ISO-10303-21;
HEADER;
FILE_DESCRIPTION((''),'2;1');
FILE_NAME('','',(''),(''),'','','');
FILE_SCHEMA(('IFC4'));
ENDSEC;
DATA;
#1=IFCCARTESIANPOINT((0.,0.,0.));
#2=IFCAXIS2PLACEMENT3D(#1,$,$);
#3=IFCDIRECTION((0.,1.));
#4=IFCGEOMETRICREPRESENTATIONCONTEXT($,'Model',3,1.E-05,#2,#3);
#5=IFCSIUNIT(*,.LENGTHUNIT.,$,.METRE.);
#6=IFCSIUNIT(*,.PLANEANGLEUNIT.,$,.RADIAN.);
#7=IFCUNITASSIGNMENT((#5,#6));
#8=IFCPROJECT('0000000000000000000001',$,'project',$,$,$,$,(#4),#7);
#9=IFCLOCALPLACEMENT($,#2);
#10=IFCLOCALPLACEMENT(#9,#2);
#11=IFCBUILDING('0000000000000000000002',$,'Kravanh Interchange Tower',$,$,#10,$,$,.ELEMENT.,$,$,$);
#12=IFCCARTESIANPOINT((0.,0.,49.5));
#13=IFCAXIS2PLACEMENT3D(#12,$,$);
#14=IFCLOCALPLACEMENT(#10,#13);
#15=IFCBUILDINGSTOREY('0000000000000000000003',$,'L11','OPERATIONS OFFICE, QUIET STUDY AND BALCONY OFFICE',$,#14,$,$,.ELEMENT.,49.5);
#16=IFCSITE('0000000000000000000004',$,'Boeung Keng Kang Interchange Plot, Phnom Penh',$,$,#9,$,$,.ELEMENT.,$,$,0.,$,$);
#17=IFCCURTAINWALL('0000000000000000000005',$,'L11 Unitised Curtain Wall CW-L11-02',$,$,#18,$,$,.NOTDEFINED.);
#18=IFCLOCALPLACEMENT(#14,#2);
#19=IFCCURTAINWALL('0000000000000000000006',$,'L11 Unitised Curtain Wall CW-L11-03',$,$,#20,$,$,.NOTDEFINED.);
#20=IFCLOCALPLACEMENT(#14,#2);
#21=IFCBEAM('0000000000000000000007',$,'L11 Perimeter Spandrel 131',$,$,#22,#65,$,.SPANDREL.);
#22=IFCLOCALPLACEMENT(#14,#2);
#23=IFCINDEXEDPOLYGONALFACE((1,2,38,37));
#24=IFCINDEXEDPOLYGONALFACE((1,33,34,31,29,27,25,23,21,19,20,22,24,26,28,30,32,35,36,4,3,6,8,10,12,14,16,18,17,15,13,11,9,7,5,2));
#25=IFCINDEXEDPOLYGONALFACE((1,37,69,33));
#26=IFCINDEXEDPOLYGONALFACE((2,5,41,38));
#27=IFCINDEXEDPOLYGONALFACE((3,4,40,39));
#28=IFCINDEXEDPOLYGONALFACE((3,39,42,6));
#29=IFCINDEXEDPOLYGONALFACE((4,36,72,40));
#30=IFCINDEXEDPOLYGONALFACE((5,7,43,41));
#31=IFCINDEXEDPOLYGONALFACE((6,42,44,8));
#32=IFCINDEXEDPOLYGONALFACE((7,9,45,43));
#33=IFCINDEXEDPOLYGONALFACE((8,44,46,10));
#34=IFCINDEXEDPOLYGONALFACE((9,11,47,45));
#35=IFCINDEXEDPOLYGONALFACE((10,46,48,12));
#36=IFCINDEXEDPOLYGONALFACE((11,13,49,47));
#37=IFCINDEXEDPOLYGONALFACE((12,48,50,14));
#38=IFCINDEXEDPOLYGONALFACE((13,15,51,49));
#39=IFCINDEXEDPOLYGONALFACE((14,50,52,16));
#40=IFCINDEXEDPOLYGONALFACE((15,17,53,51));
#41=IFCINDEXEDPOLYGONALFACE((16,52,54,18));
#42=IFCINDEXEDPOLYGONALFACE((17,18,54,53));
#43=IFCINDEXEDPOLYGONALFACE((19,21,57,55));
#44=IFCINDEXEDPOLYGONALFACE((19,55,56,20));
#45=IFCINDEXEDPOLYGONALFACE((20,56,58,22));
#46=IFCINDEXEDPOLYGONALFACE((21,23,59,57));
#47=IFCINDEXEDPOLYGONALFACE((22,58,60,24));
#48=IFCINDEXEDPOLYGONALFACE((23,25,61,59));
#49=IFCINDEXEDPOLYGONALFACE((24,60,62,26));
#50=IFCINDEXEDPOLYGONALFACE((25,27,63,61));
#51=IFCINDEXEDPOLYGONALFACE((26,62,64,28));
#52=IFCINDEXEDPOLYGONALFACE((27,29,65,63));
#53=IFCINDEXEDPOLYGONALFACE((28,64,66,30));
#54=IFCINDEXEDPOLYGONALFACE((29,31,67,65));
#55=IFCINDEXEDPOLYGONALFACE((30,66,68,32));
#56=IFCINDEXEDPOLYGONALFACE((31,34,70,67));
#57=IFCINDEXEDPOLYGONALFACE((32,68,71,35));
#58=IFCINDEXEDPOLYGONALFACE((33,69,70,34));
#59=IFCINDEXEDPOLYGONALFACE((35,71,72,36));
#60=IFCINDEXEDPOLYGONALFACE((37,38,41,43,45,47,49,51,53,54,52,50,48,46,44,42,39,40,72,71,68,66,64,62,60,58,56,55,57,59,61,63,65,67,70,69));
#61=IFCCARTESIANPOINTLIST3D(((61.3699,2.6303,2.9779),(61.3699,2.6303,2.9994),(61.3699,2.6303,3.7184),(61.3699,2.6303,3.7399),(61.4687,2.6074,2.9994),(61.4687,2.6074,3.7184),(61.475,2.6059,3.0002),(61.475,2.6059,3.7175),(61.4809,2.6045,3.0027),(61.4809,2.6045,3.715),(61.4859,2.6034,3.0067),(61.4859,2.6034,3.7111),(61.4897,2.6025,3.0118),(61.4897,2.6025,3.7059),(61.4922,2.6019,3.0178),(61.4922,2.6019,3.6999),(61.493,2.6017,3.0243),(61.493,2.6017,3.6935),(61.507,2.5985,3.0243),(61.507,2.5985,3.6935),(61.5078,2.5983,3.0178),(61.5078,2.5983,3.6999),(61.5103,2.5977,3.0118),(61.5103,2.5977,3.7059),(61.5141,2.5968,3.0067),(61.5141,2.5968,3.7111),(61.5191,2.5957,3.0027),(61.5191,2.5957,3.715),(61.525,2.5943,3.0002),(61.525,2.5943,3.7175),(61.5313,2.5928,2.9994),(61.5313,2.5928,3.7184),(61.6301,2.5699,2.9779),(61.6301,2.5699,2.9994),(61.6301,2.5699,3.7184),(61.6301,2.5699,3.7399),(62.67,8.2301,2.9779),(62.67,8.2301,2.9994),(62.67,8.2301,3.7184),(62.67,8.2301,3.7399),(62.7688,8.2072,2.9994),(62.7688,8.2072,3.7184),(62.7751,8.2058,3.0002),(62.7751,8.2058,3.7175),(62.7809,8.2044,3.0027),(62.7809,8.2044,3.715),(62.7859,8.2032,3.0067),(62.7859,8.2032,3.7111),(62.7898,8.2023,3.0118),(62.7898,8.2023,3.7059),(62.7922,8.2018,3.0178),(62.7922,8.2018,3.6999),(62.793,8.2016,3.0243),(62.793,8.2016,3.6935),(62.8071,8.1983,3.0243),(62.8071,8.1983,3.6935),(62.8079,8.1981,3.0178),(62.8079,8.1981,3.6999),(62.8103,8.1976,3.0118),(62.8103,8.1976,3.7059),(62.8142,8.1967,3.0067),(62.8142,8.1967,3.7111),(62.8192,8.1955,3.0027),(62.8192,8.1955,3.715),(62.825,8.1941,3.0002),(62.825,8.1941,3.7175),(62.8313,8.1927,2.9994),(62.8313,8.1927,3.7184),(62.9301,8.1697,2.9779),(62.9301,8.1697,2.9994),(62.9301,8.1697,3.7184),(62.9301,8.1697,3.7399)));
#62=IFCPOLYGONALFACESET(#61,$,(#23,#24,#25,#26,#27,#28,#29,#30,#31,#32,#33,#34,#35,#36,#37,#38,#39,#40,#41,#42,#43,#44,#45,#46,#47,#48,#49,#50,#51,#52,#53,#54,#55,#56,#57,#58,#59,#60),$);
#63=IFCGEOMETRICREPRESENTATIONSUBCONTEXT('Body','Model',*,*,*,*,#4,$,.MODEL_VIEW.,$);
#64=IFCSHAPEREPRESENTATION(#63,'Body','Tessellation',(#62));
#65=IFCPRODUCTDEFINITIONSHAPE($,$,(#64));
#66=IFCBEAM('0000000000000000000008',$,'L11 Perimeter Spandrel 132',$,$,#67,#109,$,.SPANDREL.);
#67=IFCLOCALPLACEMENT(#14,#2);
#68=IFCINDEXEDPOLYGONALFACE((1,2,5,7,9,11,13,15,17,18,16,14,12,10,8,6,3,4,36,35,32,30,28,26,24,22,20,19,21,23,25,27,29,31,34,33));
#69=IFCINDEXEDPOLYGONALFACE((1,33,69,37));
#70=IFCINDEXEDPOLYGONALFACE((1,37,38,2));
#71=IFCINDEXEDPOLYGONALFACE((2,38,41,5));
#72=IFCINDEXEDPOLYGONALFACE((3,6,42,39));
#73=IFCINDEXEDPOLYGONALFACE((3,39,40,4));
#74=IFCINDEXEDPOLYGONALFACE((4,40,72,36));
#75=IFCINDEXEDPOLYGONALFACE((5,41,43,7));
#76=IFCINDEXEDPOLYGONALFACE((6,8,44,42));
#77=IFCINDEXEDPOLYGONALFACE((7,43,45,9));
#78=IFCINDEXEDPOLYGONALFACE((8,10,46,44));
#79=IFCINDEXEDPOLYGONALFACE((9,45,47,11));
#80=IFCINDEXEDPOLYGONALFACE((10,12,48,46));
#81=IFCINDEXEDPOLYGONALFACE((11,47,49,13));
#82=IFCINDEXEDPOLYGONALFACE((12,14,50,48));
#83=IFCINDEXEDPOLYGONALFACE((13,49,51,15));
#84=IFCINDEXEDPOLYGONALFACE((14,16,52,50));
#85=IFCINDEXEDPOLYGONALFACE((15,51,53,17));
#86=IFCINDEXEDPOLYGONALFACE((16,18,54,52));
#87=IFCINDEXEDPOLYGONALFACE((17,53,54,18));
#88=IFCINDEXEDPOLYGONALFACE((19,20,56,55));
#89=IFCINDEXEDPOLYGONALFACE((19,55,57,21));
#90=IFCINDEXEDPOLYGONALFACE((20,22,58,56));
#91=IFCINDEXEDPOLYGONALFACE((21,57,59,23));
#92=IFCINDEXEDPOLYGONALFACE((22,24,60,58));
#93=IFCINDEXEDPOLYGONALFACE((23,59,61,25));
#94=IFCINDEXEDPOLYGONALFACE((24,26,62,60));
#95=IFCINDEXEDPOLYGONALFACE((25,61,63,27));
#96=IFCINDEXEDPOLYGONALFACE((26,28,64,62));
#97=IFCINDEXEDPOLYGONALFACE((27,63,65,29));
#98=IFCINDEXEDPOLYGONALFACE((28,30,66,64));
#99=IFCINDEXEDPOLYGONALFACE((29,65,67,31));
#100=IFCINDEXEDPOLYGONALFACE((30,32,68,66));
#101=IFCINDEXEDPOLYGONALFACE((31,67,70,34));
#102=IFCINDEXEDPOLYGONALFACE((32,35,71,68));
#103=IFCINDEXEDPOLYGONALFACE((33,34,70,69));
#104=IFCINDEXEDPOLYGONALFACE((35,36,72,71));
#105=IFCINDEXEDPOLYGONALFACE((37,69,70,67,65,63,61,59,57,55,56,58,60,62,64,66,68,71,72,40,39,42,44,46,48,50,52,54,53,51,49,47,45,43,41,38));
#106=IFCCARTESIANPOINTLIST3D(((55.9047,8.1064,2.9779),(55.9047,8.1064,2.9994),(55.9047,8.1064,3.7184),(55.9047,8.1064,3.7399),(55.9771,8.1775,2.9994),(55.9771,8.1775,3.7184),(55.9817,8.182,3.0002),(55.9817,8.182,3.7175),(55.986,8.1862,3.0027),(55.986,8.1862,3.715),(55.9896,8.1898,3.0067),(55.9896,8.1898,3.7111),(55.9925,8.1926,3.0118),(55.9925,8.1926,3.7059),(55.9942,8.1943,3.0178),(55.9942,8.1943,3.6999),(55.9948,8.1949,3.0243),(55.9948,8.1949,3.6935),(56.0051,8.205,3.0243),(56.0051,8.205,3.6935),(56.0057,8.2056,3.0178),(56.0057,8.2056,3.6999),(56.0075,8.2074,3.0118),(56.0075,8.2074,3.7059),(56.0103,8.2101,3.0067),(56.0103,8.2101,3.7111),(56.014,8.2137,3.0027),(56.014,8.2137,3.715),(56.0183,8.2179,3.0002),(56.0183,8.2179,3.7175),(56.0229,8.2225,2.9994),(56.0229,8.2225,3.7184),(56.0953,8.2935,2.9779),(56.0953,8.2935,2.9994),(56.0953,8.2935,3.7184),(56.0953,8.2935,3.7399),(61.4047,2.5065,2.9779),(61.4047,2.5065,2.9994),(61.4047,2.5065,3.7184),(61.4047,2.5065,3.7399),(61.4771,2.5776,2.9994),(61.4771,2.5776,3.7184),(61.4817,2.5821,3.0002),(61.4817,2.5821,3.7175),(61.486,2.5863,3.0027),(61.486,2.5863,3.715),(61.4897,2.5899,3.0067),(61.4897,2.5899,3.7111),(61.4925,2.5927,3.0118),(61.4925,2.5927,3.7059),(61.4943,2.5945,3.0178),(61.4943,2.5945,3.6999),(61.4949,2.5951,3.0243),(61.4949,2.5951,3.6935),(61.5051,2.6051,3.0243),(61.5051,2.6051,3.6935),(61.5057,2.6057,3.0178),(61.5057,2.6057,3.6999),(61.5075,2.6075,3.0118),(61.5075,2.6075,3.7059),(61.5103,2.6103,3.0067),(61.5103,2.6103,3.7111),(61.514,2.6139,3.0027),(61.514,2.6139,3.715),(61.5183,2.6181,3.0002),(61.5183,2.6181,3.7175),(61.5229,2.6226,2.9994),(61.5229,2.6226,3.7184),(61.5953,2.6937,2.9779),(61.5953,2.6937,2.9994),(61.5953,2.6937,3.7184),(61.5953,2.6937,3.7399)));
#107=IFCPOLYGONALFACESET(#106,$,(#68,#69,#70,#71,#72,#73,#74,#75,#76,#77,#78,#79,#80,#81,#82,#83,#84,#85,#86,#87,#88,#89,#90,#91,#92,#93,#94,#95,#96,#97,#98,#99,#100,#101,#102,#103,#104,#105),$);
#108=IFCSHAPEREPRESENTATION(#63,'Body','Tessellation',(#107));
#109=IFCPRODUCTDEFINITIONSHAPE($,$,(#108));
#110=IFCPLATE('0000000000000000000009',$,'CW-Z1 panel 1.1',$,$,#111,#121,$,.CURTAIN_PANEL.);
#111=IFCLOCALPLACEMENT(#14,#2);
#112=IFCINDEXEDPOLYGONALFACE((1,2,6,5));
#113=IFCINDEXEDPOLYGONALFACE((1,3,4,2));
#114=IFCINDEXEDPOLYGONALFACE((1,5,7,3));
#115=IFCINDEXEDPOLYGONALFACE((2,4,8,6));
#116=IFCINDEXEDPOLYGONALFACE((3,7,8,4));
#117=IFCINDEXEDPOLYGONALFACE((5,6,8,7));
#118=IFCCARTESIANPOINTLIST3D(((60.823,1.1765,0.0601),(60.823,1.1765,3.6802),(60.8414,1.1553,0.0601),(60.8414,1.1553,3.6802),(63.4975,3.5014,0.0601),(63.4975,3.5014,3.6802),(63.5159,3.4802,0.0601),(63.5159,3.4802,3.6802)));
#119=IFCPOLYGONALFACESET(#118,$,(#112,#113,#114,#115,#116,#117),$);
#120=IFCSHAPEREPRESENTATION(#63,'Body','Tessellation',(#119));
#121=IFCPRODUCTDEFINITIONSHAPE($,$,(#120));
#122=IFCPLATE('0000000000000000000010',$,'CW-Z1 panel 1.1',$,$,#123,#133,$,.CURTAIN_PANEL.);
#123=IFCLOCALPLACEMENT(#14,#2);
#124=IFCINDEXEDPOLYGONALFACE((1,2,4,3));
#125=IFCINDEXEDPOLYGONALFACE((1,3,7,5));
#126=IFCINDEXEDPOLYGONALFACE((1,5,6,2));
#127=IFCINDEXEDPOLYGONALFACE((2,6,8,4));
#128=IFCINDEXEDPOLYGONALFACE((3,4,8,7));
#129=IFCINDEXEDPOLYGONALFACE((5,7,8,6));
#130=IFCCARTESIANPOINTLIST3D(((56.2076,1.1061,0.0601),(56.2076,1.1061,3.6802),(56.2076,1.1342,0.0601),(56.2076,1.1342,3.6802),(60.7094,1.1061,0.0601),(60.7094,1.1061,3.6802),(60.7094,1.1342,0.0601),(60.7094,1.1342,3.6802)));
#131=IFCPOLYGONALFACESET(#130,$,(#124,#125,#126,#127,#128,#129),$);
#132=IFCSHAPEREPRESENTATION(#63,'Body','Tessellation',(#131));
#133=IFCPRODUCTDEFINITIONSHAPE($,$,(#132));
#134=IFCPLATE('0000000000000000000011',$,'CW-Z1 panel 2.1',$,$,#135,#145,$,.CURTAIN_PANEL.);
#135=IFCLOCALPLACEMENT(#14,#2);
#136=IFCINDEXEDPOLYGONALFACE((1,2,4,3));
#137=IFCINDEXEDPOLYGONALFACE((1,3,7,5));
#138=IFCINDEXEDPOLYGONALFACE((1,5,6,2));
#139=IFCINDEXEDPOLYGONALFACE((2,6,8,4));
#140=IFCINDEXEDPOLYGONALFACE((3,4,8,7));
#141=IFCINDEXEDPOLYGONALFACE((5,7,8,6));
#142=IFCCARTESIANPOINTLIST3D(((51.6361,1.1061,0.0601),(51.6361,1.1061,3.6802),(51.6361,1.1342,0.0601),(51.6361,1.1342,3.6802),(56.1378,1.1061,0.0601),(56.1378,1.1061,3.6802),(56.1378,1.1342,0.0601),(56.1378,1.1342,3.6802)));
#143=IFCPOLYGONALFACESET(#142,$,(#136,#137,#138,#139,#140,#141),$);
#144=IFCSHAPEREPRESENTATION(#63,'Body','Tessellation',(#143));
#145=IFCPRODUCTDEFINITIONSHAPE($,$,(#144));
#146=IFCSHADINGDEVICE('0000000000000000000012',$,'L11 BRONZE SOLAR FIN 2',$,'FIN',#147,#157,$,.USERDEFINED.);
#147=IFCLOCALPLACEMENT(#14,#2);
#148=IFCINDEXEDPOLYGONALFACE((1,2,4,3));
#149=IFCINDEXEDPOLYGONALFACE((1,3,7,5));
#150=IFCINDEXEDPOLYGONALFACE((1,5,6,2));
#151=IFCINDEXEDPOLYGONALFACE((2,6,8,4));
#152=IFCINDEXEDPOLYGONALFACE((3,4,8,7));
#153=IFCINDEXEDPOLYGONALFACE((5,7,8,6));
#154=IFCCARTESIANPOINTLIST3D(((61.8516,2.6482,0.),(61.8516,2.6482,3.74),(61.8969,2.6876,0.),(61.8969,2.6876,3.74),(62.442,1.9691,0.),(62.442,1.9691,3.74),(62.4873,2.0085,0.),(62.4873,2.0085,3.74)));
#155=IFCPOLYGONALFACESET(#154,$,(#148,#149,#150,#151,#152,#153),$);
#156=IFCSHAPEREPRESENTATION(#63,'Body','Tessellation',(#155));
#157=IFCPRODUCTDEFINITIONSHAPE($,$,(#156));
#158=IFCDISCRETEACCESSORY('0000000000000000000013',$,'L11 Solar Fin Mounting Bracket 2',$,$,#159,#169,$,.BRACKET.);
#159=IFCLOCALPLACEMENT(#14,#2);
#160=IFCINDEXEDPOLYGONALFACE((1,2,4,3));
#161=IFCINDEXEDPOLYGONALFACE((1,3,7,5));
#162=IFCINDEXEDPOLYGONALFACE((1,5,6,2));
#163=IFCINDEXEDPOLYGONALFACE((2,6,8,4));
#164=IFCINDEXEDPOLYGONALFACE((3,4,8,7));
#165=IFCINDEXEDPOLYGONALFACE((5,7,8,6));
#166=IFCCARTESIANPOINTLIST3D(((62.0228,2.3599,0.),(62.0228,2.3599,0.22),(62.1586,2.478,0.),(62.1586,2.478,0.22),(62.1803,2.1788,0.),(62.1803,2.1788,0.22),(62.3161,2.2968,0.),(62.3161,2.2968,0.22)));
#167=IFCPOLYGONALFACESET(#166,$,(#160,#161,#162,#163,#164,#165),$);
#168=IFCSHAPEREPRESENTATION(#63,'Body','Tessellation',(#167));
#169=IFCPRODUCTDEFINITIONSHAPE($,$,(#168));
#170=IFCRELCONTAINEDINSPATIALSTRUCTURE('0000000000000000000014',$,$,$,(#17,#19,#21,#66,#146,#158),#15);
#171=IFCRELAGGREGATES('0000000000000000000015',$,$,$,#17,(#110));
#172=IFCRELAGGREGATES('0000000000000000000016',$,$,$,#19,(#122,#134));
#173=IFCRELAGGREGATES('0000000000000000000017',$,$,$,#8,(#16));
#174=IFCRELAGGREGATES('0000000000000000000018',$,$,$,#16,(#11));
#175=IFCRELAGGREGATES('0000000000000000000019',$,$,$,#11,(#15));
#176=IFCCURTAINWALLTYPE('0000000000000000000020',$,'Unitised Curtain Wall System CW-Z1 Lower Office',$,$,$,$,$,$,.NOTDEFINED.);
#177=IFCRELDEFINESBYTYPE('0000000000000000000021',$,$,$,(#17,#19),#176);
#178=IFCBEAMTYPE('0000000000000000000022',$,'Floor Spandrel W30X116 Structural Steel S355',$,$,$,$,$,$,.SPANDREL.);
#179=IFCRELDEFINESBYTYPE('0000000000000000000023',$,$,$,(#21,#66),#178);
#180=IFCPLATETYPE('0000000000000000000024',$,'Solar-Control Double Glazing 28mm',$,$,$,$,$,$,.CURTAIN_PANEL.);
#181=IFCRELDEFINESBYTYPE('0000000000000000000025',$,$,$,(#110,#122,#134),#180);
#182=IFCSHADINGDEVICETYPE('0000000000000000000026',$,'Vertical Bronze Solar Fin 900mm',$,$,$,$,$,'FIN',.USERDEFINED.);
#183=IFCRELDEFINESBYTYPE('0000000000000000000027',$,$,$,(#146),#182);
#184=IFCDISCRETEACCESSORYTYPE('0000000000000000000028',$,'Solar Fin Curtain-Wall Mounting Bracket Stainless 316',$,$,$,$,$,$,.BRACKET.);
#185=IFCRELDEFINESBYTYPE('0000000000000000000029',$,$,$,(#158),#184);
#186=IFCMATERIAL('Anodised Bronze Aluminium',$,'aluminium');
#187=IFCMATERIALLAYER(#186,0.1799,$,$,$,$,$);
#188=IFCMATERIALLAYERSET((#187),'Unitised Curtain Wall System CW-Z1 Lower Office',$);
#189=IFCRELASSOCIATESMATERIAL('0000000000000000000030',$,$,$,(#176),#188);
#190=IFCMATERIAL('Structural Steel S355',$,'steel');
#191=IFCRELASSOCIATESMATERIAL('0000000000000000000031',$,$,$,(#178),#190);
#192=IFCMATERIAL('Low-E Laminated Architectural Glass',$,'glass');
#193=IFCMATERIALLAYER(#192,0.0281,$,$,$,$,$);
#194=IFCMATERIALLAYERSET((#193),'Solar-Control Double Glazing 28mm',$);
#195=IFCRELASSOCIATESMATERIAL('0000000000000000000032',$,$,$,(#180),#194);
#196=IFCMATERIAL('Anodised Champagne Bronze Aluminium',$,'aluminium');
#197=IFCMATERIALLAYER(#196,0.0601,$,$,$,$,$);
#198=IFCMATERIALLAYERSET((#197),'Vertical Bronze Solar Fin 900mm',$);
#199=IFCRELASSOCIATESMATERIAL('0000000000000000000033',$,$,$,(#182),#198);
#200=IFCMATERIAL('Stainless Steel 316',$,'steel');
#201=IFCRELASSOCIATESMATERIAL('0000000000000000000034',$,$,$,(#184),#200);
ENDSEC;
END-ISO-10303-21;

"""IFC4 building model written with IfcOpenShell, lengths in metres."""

from ifc_helpers import new_model, si_unit, direction, frame, origin, origin_2d, place, context, subcontext, project, spatial, rectangle, i_section, extrude, material, layer, layer_set, material_profile, profile_set, type_object, element, aggregate, save


model = new_model("IFC4")

# Units and contexts
model_context = context("Model", 3, precision=1e-05, world=origin(), true_north=direction((0.0, 1.0)))
body_context = subcontext(model_context, "Body", "Model", "MODEL_VIEW")
ifc_project = project(units=[si_unit("LENGTHUNIT", "METRE"), si_unit("PLANEANGLEUNIT", "RADIAN")], contexts=[model_context])

# Site, building, storey
site_placement = place(None, origin())
site = spatial("IfcSite", under=ifc_project, at=site_placement, Name="Boeung Keng Kang Interchange Plot, Phnom Penh", CompositionType="ELEMENT", RefElevation=0.0)
building_placement = place(site_placement, origin())
building = spatial("IfcBuilding", under=site, at=building_placement, Name="Kravanh Interchange Tower", CompositionType="ELEMENT")
storey_placement = place(building_placement, frame((0.0, 0.0, 49.5)))
storey = spatial("IfcBuildingStorey", under=building, at=storey_placement, Name="L11", Description="OPERATIONS OFFICE, QUIET STUDY AND BALCONY OFFICE", CompositionType="ELEMENT", Elevation=49.5)

# Curtain walls
ifc_material_1 = material(Name="Anodised Bronze Aluminium", Category="aluminium")
ifc_layer_1 = layer(ifc_material_1, 0.1799)
ifc_layer_set_1 = layer_set([ifc_layer_1], Name="Unitised Curtain Wall System CW-Z1 Lower Office")
curtain_wall_type = type_object("IfcCurtainWallType", Name="Unitised Curtain Wall System CW-Z1 Lower Office", PredefinedType="NOTDEFINED", material=ifc_layer_set_1)
curtain_wall_1_placement = place(storey_placement, origin())
curtain_wall_1 = element("IfcCurtainWall", 1, at=curtain_wall_1_placement, inside=storey, type_object=curtain_wall_type, Name="L11 Unitised Curtain Wall CW-L11-02", PredefinedType="NOTDEFINED")
curtain_wall_2_placement = place(storey_placement, origin())
curtain_wall_2 = element("IfcCurtainWall", 2, at=curtain_wall_2_placement, inside=storey, type_object=curtain_wall_type, Name="L11 Unitised Curtain Wall CW-L11-03", PredefinedType="NOTDEFINED")

# Beams
ifc_material_2 = material(Name="Structural Steel S355", Category="steel")
ifc_material_profile_1 = material_profile(ifc_material_2, i_section(OverallWidth=0.2671, OverallDepth=0.762, WebThickness=0.0144, FlangeThickness=0.0215, FilletRadius=0.0249, at=origin_2d()), Name="W30X116")
ifc_profile_set_1 = profile_set([ifc_material_profile_1], Name="Structural Steel S355")
beam_type_1 = type_object("IfcBeamType", Name="Floor Spandrel W30X116 Structural Steel S355", PredefinedType="SPANDREL", material=ifc_profile_set_1)
beam_1_placement = place(storey_placement, frame((61.5, 2.6001, 3.3589), z_axis=(0.226143, 0.974094, 0.0), x_axis=(-0.974094, 0.226143, 0.0)))
element("IfcBeam", 3, at=beam_1_placement, inside=storey, type_object=beam_type_1, Name="L11 Perimeter Spandrel 131", PredefinedType="SPANDREL", context=body_context, shape_type="SweptSolid", body=[
    extrude(i_section(OverallWidth=0.2671, OverallDepth=0.762, WebThickness=0.0144, FlangeThickness=0.0215, FilletRadius=0.0249, at=origin_2d()), origin(), (0.0, 0.0, 1.0), 5.7488),
])
beam_2_placement = place(storey_placement, frame((61.5, 2.6001, 3.3589), z_axis=(-0.700717, 0.713439, 0.0), x_axis=(-0.713439, -0.700717, 0.0)))
element("IfcBeam", 4, at=beam_2_placement, inside=storey, type_object=beam_type_1, Name="L11 Perimeter Spandrel 132", PredefinedType="SPANDREL", context=body_context, shape_type="SweptSolid", body=[
    extrude(i_section(OverallWidth=0.2671, OverallDepth=0.762, WebThickness=0.0144, FlangeThickness=0.0215, FilletRadius=0.0249, at=origin_2d()), origin(), (0.0, 0.0, 1.0), 7.8491),
])

# Plates
ifc_material_3 = material(Name="Low-E Laminated Architectural Glass", Category="glass")
ifc_layer_2 = layer(ifc_material_3, 0.0281)
ifc_layer_set_2 = layer_set([ifc_layer_2], Name="Solar-Control Double Glazing 28mm")
plate_type = type_object("IfcPlateType", Name="Solar-Control Double Glazing 28mm", PredefinedType="CURTAIN_PANEL", material=ifc_layer_set_2)
plate_1_placement = place(storey_placement, frame((62.1694, 2.3284, 0.0601), z_axis=(0.0, 0.0, 1.0), x_axis=(-0.754708, -0.65606, 0.0)))
plate_1 = element("IfcPlate", 5, at=plate_1_placement, type_object=plate_type, Name="CW-Z1 panel 1.1", PredefinedType="CURTAIN_PANEL", context=body_context, shape_type="SweptSolid", body=[
    extrude(rectangle(XDim=3.5437, YDim=0.0281, at=origin_2d()), origin(), (0.0, 0.0, 1.0), 3.6201),
])
aggregate(curtain_wall_1, [plate_1])
plate_2_placement = place(storey_placement, frame((58.4585, 1.1201, 0.0601), z_axis=(0.0, 0.0, 1.0), x_axis=(-1.0, 0.0, 0.0)))
plate_2 = element("IfcPlate", 6, at=plate_2_placement, type_object=plate_type, Name="CW-Z1 panel 1.1", PredefinedType="CURTAIN_PANEL", context=body_context, shape_type="SweptSolid", body=[
    extrude(rectangle(XDim=4.5017, YDim=0.0281, at=origin_2d()), origin(), (0.0, 0.0, 1.0), 3.6201),
])
plate_3_placement = place(storey_placement, frame((53.887, 1.1201, 0.0601), z_axis=(0.0, 0.0, 1.0), x_axis=(-1.0, 0.0, 0.0)))
plate_3 = element("IfcPlate", 7, at=plate_3_placement, type_object=plate_type, Name="CW-Z1 panel 2.1", PredefinedType="CURTAIN_PANEL", context=body_context, shape_type="SweptSolid", body=[
    extrude(rectangle(XDim=4.5017, YDim=0.0281, at=origin_2d()), origin(), (0.0, 0.0, 1.0), 3.6201),
])
aggregate(curtain_wall_2, [plate_2, plate_3])

# Shading device
ifc_material_4 = material(Name="Anodised Champagne Bronze Aluminium", Category="aluminium")
ifc_layer_3 = layer(ifc_material_4, 0.0601)
ifc_layer_set_3 = layer_set([ifc_layer_3], Name="Vertical Bronze Solar Fin 900mm")
shading_device_type = type_object("IfcShadingDeviceType", Name="Vertical Bronze Solar Fin 900mm", ElementType="FIN", PredefinedType="USERDEFINED", material=ifc_layer_set_3)
shading_device_placement = place(storey_placement, frame((62.1694, 2.3284, 0.0), z_axis=(0.0, 0.0, 1.0), x_axis=(0.656068, -0.754702, 0.0)))
element("IfcShadingDevice", 8, at=shading_device_placement, inside=storey, type_object=shading_device_type, Name="L11 BRONZE SOLAR FIN 2", ObjectType="FIN", PredefinedType="USERDEFINED", context=body_context, shape_type="SweptSolid", body=[
    extrude(rectangle(XDim=0.8999, YDim=0.0601, at=origin_2d()), origin(), (0.0, 0.0, 1.0), 3.74),
])

# Discrete accessory
ifc_material_5 = material(Name="Stainless Steel 316", Category="steel")
discrete_accessory_type = type_object("IfcDiscreteAccessoryType", Name="Solar Fin Curtain-Wall Mounting Bracket Stainless 316", PredefinedType="BRACKET", material=ifc_material_5)
discrete_accessory_placement = place(storey_placement, frame((62.1694, 2.3284, 0.0), z_axis=(0.0, 0.0, 1.0), x_axis=(0.656068, -0.754702, 0.0)))
element("IfcDiscreteAccessory", 9, at=discrete_accessory_placement, inside=storey, type_object=discrete_accessory_type, Name="L11 Solar Fin Mounting Bracket 2", PredefinedType="BRACKET", context=body_context, shape_type="SweptSolid", body=[
    extrude(rectangle(XDim=0.24, YDim=0.1799, at=origin_2d()), origin(), (0.0, 0.0, 1.0), 0.22),
])

save(model, "model.ifc")
